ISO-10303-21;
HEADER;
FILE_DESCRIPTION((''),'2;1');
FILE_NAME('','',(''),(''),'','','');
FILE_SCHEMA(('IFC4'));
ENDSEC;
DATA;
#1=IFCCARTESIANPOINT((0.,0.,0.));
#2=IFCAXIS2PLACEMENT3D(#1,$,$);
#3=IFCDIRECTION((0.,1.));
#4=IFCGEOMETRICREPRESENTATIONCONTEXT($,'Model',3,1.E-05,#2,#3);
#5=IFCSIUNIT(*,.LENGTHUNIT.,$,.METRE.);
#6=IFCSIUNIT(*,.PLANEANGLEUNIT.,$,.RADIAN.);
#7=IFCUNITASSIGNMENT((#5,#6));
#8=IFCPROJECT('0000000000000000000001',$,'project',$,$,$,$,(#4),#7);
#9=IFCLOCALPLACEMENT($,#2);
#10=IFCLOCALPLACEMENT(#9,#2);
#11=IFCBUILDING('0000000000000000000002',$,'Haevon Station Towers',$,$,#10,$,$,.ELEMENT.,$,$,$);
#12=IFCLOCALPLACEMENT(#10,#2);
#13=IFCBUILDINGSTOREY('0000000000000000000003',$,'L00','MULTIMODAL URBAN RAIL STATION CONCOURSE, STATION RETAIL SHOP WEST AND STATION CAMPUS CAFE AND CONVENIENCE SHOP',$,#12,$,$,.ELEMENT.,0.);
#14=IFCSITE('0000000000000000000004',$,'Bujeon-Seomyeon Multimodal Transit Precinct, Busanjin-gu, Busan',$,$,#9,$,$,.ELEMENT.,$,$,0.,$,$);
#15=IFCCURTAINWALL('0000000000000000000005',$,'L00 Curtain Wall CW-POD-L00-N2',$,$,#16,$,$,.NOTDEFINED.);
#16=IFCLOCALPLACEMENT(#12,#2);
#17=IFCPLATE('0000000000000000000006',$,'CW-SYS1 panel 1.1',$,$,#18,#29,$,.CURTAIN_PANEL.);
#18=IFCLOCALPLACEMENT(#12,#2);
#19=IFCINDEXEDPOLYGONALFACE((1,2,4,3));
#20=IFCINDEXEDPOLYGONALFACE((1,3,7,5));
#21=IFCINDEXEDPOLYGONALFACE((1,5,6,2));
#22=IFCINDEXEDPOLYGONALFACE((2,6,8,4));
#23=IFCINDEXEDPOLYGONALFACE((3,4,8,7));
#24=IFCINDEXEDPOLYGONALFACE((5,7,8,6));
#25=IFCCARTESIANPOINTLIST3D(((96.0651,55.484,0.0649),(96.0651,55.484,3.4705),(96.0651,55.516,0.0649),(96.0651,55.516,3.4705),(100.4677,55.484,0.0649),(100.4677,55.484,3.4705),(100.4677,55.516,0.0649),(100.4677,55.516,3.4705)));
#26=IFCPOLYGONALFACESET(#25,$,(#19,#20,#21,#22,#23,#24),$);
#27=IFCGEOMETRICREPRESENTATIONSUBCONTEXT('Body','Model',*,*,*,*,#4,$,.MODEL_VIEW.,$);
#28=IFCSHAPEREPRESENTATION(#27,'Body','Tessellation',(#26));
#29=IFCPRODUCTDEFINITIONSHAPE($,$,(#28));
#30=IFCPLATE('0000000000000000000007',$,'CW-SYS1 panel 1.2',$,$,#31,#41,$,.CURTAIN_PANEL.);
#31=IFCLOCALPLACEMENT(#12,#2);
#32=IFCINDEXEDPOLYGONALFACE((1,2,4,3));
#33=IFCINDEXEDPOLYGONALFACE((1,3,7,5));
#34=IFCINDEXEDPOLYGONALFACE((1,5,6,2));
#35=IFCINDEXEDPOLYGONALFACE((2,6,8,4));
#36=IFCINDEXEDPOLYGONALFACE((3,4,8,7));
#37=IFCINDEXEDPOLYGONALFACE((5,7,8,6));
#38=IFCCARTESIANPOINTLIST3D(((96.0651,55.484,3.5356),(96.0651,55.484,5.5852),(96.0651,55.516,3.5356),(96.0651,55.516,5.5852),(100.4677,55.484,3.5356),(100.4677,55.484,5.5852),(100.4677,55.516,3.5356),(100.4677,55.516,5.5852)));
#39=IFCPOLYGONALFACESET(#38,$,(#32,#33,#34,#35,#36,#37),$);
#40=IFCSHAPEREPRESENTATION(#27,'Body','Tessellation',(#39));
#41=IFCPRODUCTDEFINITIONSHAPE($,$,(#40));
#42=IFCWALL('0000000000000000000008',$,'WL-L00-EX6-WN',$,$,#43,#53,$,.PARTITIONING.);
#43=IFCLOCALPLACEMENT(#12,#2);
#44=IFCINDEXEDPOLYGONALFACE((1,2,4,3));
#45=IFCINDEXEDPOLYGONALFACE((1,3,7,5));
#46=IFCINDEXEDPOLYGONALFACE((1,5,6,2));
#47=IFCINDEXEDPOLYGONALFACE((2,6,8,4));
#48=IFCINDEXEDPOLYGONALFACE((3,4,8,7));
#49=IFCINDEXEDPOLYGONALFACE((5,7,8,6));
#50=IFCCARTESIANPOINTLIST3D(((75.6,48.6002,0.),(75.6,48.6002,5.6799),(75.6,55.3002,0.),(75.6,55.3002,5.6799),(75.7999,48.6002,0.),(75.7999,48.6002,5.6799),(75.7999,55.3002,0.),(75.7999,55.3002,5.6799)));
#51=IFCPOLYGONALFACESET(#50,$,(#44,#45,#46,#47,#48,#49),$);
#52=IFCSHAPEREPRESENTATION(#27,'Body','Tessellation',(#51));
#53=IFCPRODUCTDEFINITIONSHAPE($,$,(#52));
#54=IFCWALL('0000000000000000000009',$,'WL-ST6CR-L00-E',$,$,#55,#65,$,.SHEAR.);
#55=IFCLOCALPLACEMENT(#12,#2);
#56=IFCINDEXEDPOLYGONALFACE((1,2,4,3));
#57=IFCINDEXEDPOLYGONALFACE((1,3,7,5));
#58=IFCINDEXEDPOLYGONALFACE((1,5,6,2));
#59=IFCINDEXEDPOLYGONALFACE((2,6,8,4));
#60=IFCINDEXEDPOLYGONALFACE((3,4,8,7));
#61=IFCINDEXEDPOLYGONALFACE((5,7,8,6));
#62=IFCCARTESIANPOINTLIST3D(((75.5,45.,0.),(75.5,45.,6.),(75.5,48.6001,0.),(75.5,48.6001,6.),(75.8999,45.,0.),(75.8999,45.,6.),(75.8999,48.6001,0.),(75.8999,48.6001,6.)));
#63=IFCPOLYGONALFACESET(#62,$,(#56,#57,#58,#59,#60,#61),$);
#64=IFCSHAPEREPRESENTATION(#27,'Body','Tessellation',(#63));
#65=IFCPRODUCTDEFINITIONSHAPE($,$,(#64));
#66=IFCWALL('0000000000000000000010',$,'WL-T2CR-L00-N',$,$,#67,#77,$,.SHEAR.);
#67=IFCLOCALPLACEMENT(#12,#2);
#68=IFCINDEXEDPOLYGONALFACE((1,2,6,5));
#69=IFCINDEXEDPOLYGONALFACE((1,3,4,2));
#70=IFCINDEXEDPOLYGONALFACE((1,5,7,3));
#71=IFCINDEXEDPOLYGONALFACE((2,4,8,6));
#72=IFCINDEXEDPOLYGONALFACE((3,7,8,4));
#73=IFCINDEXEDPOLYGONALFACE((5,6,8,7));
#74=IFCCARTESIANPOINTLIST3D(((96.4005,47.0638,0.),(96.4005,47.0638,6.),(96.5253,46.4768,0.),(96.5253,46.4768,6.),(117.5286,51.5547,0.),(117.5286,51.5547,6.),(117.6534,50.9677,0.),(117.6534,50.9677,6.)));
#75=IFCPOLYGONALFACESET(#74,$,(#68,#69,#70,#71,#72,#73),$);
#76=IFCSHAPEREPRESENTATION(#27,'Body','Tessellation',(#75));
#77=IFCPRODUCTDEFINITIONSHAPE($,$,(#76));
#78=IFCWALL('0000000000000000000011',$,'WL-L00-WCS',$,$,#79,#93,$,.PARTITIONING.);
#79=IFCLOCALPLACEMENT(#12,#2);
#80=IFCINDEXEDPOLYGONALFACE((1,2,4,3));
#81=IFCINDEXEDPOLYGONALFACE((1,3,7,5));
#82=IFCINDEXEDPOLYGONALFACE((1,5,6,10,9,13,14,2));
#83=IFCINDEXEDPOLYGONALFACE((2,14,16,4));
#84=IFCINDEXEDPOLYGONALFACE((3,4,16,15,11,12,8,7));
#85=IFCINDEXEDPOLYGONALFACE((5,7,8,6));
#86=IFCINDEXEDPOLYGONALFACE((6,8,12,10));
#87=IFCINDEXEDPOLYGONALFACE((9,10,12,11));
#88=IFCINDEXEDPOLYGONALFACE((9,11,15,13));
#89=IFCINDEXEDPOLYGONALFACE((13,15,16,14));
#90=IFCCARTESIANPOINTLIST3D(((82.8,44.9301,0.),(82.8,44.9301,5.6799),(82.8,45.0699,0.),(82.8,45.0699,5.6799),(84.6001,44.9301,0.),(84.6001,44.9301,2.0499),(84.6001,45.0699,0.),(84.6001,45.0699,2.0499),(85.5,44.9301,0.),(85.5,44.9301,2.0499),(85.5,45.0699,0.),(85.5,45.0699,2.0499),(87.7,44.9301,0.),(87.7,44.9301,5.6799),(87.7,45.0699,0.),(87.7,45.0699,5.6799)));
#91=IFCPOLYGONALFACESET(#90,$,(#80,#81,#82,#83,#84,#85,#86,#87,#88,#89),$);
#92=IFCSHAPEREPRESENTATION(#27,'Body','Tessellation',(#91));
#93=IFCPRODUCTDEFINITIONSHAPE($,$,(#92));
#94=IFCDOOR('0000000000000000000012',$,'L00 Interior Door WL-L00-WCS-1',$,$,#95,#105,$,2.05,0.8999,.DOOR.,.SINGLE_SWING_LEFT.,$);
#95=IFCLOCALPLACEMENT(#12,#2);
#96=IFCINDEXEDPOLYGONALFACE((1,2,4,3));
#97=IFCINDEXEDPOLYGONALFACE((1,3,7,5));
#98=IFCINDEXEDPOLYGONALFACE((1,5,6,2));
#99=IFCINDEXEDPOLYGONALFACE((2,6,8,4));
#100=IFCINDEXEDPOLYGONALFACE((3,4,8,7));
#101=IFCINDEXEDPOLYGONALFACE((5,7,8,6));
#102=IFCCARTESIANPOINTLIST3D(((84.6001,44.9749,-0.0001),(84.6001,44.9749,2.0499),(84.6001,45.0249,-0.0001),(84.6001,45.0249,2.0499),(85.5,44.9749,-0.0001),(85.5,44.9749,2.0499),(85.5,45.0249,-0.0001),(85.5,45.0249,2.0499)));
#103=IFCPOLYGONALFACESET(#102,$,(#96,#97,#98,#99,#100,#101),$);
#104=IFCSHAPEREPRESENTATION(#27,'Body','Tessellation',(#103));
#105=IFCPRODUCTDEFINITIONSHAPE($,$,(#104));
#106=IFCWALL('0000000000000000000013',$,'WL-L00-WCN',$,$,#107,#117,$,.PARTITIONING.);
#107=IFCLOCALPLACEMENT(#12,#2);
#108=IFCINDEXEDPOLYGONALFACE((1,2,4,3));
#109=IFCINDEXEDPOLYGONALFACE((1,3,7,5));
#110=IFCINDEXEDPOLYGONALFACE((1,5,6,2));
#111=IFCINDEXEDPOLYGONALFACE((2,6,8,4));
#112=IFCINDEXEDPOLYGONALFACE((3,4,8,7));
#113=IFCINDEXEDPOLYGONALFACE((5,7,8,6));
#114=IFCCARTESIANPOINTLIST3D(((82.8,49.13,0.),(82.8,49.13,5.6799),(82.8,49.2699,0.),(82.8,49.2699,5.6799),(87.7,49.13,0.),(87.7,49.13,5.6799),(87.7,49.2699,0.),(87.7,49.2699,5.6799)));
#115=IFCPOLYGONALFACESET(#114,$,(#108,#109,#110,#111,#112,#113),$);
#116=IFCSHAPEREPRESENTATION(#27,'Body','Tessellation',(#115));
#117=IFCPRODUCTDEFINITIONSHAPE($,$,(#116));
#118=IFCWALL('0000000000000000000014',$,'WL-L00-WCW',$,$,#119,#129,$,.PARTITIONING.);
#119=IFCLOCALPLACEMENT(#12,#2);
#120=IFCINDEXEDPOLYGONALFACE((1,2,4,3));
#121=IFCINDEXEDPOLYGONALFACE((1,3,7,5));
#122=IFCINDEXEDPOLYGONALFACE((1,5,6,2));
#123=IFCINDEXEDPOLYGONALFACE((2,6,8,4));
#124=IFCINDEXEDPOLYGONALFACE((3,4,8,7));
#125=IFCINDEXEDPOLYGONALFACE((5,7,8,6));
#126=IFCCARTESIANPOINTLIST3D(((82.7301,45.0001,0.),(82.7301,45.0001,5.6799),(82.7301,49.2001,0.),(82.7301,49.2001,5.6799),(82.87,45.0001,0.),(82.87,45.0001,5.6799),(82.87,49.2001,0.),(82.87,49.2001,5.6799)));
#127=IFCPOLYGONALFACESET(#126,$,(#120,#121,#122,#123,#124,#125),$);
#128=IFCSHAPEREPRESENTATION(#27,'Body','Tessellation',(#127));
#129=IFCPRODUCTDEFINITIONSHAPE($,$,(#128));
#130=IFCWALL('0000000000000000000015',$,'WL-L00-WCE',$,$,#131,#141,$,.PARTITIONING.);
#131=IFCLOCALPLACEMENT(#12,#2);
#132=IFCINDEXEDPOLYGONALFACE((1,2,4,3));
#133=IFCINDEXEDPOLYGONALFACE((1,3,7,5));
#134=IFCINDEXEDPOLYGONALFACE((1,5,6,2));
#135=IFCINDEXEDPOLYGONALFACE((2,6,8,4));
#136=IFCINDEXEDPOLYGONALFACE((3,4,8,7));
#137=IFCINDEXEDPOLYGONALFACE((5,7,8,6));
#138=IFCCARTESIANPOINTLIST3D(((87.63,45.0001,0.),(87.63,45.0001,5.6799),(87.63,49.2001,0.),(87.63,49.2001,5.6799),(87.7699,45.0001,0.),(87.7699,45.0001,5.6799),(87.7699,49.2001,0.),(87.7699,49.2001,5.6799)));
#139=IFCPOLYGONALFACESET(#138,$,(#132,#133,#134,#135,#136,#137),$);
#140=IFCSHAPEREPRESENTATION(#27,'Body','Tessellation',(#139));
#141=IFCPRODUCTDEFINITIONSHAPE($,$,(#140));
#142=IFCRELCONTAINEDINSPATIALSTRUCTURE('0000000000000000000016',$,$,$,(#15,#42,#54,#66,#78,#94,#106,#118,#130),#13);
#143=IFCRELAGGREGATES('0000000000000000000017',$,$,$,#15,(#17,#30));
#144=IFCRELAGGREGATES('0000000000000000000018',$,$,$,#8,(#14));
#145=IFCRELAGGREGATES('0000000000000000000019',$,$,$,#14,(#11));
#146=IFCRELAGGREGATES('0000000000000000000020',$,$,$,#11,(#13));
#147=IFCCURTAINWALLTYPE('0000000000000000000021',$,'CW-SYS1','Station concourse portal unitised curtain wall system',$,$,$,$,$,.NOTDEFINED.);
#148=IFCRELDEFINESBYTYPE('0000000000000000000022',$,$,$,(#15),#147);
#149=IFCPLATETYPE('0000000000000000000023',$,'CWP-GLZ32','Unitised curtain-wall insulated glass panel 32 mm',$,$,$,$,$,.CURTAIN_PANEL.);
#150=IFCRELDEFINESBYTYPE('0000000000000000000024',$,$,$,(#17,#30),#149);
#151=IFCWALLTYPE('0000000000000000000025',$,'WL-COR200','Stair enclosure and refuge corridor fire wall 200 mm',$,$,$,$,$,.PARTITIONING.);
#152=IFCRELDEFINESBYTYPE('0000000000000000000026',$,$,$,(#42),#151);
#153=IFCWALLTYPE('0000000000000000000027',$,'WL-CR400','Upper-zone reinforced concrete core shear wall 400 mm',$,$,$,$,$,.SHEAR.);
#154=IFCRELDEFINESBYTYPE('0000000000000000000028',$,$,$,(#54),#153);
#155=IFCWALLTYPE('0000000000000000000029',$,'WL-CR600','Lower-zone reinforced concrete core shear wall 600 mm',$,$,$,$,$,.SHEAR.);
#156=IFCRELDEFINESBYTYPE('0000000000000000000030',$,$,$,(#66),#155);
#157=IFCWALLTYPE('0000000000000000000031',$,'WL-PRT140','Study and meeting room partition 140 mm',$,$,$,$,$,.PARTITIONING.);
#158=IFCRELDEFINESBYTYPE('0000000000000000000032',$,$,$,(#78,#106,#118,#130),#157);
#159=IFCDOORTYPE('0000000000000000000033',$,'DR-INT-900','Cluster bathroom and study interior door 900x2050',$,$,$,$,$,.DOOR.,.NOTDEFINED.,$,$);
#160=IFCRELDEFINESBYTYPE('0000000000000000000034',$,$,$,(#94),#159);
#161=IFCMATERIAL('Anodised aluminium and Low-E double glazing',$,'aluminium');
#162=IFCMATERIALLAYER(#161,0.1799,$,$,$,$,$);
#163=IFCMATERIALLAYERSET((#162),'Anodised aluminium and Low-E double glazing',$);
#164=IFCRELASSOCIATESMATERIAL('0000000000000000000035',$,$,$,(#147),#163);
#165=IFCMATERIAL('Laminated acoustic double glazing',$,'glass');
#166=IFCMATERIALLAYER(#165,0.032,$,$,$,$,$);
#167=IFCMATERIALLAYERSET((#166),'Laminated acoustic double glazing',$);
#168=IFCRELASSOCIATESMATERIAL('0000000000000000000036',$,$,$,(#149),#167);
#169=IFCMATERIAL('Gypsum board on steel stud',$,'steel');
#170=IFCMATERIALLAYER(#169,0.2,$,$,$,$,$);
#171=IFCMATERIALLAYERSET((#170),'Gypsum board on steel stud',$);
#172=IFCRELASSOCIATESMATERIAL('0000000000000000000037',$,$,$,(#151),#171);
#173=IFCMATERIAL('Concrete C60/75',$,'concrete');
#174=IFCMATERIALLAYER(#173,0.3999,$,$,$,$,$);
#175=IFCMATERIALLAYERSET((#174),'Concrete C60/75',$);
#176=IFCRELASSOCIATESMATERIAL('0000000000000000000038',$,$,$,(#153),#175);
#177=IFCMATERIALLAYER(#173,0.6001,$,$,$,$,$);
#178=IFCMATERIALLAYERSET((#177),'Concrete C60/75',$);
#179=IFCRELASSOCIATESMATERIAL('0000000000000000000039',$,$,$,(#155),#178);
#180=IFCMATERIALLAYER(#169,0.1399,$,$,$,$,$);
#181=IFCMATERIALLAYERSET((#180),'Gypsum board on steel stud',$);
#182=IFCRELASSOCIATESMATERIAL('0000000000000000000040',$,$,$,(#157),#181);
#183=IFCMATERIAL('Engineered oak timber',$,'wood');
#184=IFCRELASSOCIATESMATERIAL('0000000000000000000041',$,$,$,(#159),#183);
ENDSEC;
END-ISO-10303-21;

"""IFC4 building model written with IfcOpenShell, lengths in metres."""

from ifc_helpers import new_model, si_unit, direction, frame, frame_2d, origin, origin_2d, place, context, subcontext, project, spatial, rectangle, extrude, material, layer, layer_set, type_object, element, fill, aggregate, save


model = new_model("IFC4")

# Units and contexts
model_context = context("Model", 3, precision=1e-05, world=origin(), true_north=direction((0.0, 1.0)))
body_context = subcontext(model_context, "Body", "Model", "MODEL_VIEW")
ifc_project = project(units=[si_unit("LENGTHUNIT", "METRE"), si_unit("PLANEANGLEUNIT", "RADIAN")], contexts=[model_context])

# Site, building, storey
site_placement = place(None, origin())
site = spatial("IfcSite", under=ifc_project, at=site_placement, Name="Bujeon-Seomyeon Multimodal Transit Precinct, Busanjin-gu, Busan", CompositionType="ELEMENT", RefElevation=0.0)
building_placement = place(site_placement, origin())
building = spatial("IfcBuilding", under=site, at=building_placement, Name="Haevon Station Towers", CompositionType="ELEMENT")
storey_placement = place(building_placement, origin())
storey = spatial("IfcBuildingStorey", under=building, at=storey_placement, Name="L00", Description="MULTIMODAL URBAN RAIL STATION CONCOURSE, STATION RETAIL SHOP WEST AND STATION CAMPUS CAFE AND CONVENIENCE SHOP", CompositionType="ELEMENT", Elevation=0.0)

# Shared definitions
ifc_material_1 = material(Name="Anodised aluminium and Low-E double glazing", Category="aluminium")
ifc_layer_1 = layer(ifc_material_1, 0.1799)
ifc_layer_set_1 = layer_set([ifc_layer_1], Name="Anodised aluminium and Low-E double glazing")
curtain_wall_type = type_object("IfcCurtainWallType", Name="CW-SYS1", Description="Station concourse portal unitised curtain wall system", PredefinedType="NOTDEFINED", material=ifc_layer_set_1)

# Curtain wall, plates
curtain_wall_1_placement = place(storey_placement, origin())
curtain_wall_1 = element("IfcCurtainWall", 1, at=curtain_wall_1_placement, inside=storey, type_object=curtain_wall_type, Name="L00 Curtain Wall CW-POD-L00-N2", PredefinedType="NOTDEFINED")
ifc_material_2 = material(Name="Laminated acoustic double glazing", Category="glass")
ifc_layer_2 = layer(ifc_material_2, 0.032)
ifc_layer_set_2 = layer_set([ifc_layer_2], Name="Laminated acoustic double glazing")
plate_type = type_object("IfcPlateType", Name="CWP-GLZ32", Description="Unitised curtain-wall insulated glass panel 32 mm", PredefinedType="CURTAIN_PANEL", material=ifc_layer_set_2)
plate_1_placement = place(storey_placement, frame((98.2664, 55.5, 0.0649), z_axis=(0.0, 0.0, 1.0), x_axis=(1.0, 0.0, 0.0)))
plate_1 = element("IfcPlate", 2, at=plate_1_placement, type_object=plate_type, Name="CW-SYS1 panel 1.1", PredefinedType="CURTAIN_PANEL", context=body_context, shape_type="SweptSolid", body=[
    extrude(rectangle(XDim=4.4026, YDim=0.032, at=origin_2d()), origin(), (0.0, 0.0, 1.0), 3.4055),
])
plate_2_placement = place(storey_placement, frame((98.2664, 55.5, 3.5356), z_axis=(0.0, 0.0, 1.0), x_axis=(1.0, 0.0, 0.0)))
plate_2 = element("IfcPlate", 3, at=plate_2_placement, type_object=plate_type, Name="CW-SYS1 panel 1.2", PredefinedType="CURTAIN_PANEL", context=body_context, shape_type="SweptSolid", body=[
    extrude(rectangle(XDim=4.4026, YDim=0.032, at=origin_2d()), origin(), (0.0, 0.0, 1.0), 2.0496),
])
aggregate(curtain_wall_1, [plate_1, plate_2])

# Walls
ifc_material_3 = material(Name="Gypsum board on steel stud", Category="steel")
ifc_layer_3 = layer(ifc_material_3, 0.2)
ifc_layer_set_3 = layer_set([ifc_layer_3], Name="Gypsum board on steel stud")
wall_type_1 = type_object("IfcWallType", Name="WL-COR200", Description="Stair enclosure and refuge corridor fire wall 200 mm", PredefinedType="PARTITIONING", material=ifc_layer_set_3)
wall_1_placement = place(storey_placement, frame((75.7, 48.6001, 0.0), z_axis=(0.0, 0.0, 1.0), x_axis=(0.0, 1.0, 0.0)))
element("IfcWall", 4, at=wall_1_placement, inside=storey, type_object=wall_type_1, Name="WL-L00-EX6-WN", PredefinedType="PARTITIONING", context=body_context, shape_type="SweptSolid", body=[
    extrude(rectangle(XDim=6.7, YDim=0.2, at=frame_2d((3.3501, 0.0))), origin(), (0.0, 0.0, 1.0), 5.6799),
])
ifc_material_4 = material(Name="Concrete C60/75", Category="concrete")
ifc_layer_4 = layer(ifc_material_4, 0.3999)
ifc_layer_set_4 = layer_set([ifc_layer_4], Name="Concrete C60/75")
wall_type_2 = type_object("IfcWallType", Name="WL-CR400", Description="Upper-zone reinforced concrete core shear wall 400 mm", PredefinedType="SHEAR", material=ifc_layer_set_4)
wall_2_placement = place(storey_placement, frame((75.7, 45.0, 0.0), z_axis=(0.0, 0.0, 1.0), x_axis=(0.0, 1.0, 0.0)))
element("IfcWall", 5, at=wall_2_placement, inside=storey, type_object=wall_type_2, Name="WL-ST6CR-L00-E", PredefinedType="SHEAR", context=body_context, shape_type="SweptSolid", body=[
    extrude(rectangle(XDim=3.6001, YDim=0.3999, at=frame_2d((1.8, 0.0))), origin(), (0.0, 0.0, 1.0), 6.0),
])
ifc_layer_5 = layer(ifc_material_4, 0.6001)
ifc_layer_set_5 = layer_set([ifc_layer_5], Name="Concrete C60/75")
wall_type_3 = type_object("IfcWallType", Name="WL-CR600", Description="Lower-zone reinforced concrete core shear wall 600 mm", PredefinedType="SHEAR", material=ifc_layer_set_5)
wall_3_placement = place(storey_placement, frame((96.4629, 46.7703, 0.0), z_axis=(0.0, 0.0, 1.0), x_axis=(0.978147, 0.207913, 0.0)))
element("IfcWall", 6, at=wall_3_placement, inside=storey, type_object=wall_type_3, Name="WL-T2CR-L00-N", PredefinedType="SHEAR", context=body_context, shape_type="SweptSolid", body=[
    extrude(rectangle(XDim=21.6001, YDim=0.6001, at=frame_2d((10.8, 0.0))), origin(), (0.0, 0.0, 1.0), 6.0),
])

# Wall, opening, door
ifc_layer_6 = layer(ifc_material_3, 0.1399)
ifc_layer_set_6 = layer_set([ifc_layer_6], Name="Gypsum board on steel stud")
wall_type_4 = type_object("IfcWallType", Name="WL-PRT140", Description="Study and meeting room partition 140 mm", PredefinedType="PARTITIONING", material=ifc_layer_set_6)
wall_4_placement = place(storey_placement, frame((82.8, 45.0, 0.0), z_axis=(0.0, 0.0, 1.0), x_axis=(1.0, 0.0, 0.0)))
wall_4 = element("IfcWall", 7, at=wall_4_placement, inside=storey, type_object=wall_type_4, Name="WL-L00-WCS", PredefinedType="PARTITIONING", context=body_context, shape_type="SweptSolid", body=[
    extrude(rectangle(XDim=4.8999, YDim=0.1399, at=frame_2d((2.45, 0.0))), origin(), (0.0, 0.0, 1.0), 5.6799),
])
opening_1_placement = place(wall_4_placement, frame((1.8, 0.0, 0.0)))
opening_1 = element("IfcOpeningElement", 8, at=opening_1_placement, cuts=wall_4, PredefinedType="OPENING", context=body_context, shape_type="SweptSolid", body=[
    extrude(rectangle(XDim=0.8999, YDim=2.05, at=frame_2d((0.45, 1.0249))), frame((0.0, 0.0798, 0.0), z_axis=(0.0, -1.0, 0.0), x_axis=(1.0, 0.0, 0.0)), (0.0, 0.0, 1.0), 0.1599),
])
ifc_material_5 = material(Name="Engineered oak timber", Category="wood")
door_type_1 = type_object("IfcDoorType", Name="DR-INT-900", Description="Cluster bathroom and study interior door 900x2050", OperationType="NOTDEFINED", PredefinedType="DOOR", material=ifc_material_5)
door_1_placement = place(opening_1_placement, origin())
door_1 = element("IfcDoor", 9, at=door_1_placement, inside=storey, type_object=door_type_1, Name="L00 Interior Door WL-L00-WCS-1", OperationType="SINGLE_SWING_LEFT", OverallHeight=2.05, OverallWidth=0.8999, PredefinedType="DOOR", context=body_context, shape_type="SweptSolid", body=[
    extrude(rectangle(XDim=0.8999, YDim=2.05, at=frame_2d((0.45, 1.0249))), frame((0.0, 0.0249, 0.0), z_axis=(0.0, -1.0, 0.0), x_axis=(1.0, 0.0, 0.0)), (0.0, 0.0, 1.0), 0.05),
])
fill(opening_1, door_1)

# Walls
wall_5_placement = place(storey_placement, frame((82.8, 49.2, 0.0), z_axis=(0.0, 0.0, 1.0), x_axis=(1.0, 0.0, 0.0)))
element("IfcWall", 10, at=wall_5_placement, inside=storey, type_object=wall_type_4, Name="WL-L00-WCN", PredefinedType="PARTITIONING", context=body_context, shape_type="SweptSolid", body=[
    extrude(rectangle(XDim=4.8999, YDim=0.1399, at=frame_2d((2.45, 0.0))), origin(), (0.0, 0.0, 1.0), 5.6799),
])
for number, where, z_axis, x_axis, name in (
    (11, (82.8, 45.0, 0.0), (0.0, 0.0, 1.0), (0.0, 1.0, 0.0), "WL-L00-WCW"),
    (12, (87.7, 45.0, 0.0), (0.0, 0.0, 1.0), (0.0, 1.0, 0.0), "WL-L00-WCE"),
):
    element("IfcWall", number, at=place(storey_placement, frame(where, z_axis=z_axis, x_axis=x_axis)), inside=storey, type_object=wall_type_4, Name=name, PredefinedType="PARTITIONING", context=body_context, shape_type="SweptSolid", body=[
        extrude(rectangle(XDim=4.2, YDim=0.1399, at=frame_2d((2.1001, 0.0))), origin(), (0.0, 0.0, 1.0), 5.6799),
    ])

save(model, "model.ifc")
